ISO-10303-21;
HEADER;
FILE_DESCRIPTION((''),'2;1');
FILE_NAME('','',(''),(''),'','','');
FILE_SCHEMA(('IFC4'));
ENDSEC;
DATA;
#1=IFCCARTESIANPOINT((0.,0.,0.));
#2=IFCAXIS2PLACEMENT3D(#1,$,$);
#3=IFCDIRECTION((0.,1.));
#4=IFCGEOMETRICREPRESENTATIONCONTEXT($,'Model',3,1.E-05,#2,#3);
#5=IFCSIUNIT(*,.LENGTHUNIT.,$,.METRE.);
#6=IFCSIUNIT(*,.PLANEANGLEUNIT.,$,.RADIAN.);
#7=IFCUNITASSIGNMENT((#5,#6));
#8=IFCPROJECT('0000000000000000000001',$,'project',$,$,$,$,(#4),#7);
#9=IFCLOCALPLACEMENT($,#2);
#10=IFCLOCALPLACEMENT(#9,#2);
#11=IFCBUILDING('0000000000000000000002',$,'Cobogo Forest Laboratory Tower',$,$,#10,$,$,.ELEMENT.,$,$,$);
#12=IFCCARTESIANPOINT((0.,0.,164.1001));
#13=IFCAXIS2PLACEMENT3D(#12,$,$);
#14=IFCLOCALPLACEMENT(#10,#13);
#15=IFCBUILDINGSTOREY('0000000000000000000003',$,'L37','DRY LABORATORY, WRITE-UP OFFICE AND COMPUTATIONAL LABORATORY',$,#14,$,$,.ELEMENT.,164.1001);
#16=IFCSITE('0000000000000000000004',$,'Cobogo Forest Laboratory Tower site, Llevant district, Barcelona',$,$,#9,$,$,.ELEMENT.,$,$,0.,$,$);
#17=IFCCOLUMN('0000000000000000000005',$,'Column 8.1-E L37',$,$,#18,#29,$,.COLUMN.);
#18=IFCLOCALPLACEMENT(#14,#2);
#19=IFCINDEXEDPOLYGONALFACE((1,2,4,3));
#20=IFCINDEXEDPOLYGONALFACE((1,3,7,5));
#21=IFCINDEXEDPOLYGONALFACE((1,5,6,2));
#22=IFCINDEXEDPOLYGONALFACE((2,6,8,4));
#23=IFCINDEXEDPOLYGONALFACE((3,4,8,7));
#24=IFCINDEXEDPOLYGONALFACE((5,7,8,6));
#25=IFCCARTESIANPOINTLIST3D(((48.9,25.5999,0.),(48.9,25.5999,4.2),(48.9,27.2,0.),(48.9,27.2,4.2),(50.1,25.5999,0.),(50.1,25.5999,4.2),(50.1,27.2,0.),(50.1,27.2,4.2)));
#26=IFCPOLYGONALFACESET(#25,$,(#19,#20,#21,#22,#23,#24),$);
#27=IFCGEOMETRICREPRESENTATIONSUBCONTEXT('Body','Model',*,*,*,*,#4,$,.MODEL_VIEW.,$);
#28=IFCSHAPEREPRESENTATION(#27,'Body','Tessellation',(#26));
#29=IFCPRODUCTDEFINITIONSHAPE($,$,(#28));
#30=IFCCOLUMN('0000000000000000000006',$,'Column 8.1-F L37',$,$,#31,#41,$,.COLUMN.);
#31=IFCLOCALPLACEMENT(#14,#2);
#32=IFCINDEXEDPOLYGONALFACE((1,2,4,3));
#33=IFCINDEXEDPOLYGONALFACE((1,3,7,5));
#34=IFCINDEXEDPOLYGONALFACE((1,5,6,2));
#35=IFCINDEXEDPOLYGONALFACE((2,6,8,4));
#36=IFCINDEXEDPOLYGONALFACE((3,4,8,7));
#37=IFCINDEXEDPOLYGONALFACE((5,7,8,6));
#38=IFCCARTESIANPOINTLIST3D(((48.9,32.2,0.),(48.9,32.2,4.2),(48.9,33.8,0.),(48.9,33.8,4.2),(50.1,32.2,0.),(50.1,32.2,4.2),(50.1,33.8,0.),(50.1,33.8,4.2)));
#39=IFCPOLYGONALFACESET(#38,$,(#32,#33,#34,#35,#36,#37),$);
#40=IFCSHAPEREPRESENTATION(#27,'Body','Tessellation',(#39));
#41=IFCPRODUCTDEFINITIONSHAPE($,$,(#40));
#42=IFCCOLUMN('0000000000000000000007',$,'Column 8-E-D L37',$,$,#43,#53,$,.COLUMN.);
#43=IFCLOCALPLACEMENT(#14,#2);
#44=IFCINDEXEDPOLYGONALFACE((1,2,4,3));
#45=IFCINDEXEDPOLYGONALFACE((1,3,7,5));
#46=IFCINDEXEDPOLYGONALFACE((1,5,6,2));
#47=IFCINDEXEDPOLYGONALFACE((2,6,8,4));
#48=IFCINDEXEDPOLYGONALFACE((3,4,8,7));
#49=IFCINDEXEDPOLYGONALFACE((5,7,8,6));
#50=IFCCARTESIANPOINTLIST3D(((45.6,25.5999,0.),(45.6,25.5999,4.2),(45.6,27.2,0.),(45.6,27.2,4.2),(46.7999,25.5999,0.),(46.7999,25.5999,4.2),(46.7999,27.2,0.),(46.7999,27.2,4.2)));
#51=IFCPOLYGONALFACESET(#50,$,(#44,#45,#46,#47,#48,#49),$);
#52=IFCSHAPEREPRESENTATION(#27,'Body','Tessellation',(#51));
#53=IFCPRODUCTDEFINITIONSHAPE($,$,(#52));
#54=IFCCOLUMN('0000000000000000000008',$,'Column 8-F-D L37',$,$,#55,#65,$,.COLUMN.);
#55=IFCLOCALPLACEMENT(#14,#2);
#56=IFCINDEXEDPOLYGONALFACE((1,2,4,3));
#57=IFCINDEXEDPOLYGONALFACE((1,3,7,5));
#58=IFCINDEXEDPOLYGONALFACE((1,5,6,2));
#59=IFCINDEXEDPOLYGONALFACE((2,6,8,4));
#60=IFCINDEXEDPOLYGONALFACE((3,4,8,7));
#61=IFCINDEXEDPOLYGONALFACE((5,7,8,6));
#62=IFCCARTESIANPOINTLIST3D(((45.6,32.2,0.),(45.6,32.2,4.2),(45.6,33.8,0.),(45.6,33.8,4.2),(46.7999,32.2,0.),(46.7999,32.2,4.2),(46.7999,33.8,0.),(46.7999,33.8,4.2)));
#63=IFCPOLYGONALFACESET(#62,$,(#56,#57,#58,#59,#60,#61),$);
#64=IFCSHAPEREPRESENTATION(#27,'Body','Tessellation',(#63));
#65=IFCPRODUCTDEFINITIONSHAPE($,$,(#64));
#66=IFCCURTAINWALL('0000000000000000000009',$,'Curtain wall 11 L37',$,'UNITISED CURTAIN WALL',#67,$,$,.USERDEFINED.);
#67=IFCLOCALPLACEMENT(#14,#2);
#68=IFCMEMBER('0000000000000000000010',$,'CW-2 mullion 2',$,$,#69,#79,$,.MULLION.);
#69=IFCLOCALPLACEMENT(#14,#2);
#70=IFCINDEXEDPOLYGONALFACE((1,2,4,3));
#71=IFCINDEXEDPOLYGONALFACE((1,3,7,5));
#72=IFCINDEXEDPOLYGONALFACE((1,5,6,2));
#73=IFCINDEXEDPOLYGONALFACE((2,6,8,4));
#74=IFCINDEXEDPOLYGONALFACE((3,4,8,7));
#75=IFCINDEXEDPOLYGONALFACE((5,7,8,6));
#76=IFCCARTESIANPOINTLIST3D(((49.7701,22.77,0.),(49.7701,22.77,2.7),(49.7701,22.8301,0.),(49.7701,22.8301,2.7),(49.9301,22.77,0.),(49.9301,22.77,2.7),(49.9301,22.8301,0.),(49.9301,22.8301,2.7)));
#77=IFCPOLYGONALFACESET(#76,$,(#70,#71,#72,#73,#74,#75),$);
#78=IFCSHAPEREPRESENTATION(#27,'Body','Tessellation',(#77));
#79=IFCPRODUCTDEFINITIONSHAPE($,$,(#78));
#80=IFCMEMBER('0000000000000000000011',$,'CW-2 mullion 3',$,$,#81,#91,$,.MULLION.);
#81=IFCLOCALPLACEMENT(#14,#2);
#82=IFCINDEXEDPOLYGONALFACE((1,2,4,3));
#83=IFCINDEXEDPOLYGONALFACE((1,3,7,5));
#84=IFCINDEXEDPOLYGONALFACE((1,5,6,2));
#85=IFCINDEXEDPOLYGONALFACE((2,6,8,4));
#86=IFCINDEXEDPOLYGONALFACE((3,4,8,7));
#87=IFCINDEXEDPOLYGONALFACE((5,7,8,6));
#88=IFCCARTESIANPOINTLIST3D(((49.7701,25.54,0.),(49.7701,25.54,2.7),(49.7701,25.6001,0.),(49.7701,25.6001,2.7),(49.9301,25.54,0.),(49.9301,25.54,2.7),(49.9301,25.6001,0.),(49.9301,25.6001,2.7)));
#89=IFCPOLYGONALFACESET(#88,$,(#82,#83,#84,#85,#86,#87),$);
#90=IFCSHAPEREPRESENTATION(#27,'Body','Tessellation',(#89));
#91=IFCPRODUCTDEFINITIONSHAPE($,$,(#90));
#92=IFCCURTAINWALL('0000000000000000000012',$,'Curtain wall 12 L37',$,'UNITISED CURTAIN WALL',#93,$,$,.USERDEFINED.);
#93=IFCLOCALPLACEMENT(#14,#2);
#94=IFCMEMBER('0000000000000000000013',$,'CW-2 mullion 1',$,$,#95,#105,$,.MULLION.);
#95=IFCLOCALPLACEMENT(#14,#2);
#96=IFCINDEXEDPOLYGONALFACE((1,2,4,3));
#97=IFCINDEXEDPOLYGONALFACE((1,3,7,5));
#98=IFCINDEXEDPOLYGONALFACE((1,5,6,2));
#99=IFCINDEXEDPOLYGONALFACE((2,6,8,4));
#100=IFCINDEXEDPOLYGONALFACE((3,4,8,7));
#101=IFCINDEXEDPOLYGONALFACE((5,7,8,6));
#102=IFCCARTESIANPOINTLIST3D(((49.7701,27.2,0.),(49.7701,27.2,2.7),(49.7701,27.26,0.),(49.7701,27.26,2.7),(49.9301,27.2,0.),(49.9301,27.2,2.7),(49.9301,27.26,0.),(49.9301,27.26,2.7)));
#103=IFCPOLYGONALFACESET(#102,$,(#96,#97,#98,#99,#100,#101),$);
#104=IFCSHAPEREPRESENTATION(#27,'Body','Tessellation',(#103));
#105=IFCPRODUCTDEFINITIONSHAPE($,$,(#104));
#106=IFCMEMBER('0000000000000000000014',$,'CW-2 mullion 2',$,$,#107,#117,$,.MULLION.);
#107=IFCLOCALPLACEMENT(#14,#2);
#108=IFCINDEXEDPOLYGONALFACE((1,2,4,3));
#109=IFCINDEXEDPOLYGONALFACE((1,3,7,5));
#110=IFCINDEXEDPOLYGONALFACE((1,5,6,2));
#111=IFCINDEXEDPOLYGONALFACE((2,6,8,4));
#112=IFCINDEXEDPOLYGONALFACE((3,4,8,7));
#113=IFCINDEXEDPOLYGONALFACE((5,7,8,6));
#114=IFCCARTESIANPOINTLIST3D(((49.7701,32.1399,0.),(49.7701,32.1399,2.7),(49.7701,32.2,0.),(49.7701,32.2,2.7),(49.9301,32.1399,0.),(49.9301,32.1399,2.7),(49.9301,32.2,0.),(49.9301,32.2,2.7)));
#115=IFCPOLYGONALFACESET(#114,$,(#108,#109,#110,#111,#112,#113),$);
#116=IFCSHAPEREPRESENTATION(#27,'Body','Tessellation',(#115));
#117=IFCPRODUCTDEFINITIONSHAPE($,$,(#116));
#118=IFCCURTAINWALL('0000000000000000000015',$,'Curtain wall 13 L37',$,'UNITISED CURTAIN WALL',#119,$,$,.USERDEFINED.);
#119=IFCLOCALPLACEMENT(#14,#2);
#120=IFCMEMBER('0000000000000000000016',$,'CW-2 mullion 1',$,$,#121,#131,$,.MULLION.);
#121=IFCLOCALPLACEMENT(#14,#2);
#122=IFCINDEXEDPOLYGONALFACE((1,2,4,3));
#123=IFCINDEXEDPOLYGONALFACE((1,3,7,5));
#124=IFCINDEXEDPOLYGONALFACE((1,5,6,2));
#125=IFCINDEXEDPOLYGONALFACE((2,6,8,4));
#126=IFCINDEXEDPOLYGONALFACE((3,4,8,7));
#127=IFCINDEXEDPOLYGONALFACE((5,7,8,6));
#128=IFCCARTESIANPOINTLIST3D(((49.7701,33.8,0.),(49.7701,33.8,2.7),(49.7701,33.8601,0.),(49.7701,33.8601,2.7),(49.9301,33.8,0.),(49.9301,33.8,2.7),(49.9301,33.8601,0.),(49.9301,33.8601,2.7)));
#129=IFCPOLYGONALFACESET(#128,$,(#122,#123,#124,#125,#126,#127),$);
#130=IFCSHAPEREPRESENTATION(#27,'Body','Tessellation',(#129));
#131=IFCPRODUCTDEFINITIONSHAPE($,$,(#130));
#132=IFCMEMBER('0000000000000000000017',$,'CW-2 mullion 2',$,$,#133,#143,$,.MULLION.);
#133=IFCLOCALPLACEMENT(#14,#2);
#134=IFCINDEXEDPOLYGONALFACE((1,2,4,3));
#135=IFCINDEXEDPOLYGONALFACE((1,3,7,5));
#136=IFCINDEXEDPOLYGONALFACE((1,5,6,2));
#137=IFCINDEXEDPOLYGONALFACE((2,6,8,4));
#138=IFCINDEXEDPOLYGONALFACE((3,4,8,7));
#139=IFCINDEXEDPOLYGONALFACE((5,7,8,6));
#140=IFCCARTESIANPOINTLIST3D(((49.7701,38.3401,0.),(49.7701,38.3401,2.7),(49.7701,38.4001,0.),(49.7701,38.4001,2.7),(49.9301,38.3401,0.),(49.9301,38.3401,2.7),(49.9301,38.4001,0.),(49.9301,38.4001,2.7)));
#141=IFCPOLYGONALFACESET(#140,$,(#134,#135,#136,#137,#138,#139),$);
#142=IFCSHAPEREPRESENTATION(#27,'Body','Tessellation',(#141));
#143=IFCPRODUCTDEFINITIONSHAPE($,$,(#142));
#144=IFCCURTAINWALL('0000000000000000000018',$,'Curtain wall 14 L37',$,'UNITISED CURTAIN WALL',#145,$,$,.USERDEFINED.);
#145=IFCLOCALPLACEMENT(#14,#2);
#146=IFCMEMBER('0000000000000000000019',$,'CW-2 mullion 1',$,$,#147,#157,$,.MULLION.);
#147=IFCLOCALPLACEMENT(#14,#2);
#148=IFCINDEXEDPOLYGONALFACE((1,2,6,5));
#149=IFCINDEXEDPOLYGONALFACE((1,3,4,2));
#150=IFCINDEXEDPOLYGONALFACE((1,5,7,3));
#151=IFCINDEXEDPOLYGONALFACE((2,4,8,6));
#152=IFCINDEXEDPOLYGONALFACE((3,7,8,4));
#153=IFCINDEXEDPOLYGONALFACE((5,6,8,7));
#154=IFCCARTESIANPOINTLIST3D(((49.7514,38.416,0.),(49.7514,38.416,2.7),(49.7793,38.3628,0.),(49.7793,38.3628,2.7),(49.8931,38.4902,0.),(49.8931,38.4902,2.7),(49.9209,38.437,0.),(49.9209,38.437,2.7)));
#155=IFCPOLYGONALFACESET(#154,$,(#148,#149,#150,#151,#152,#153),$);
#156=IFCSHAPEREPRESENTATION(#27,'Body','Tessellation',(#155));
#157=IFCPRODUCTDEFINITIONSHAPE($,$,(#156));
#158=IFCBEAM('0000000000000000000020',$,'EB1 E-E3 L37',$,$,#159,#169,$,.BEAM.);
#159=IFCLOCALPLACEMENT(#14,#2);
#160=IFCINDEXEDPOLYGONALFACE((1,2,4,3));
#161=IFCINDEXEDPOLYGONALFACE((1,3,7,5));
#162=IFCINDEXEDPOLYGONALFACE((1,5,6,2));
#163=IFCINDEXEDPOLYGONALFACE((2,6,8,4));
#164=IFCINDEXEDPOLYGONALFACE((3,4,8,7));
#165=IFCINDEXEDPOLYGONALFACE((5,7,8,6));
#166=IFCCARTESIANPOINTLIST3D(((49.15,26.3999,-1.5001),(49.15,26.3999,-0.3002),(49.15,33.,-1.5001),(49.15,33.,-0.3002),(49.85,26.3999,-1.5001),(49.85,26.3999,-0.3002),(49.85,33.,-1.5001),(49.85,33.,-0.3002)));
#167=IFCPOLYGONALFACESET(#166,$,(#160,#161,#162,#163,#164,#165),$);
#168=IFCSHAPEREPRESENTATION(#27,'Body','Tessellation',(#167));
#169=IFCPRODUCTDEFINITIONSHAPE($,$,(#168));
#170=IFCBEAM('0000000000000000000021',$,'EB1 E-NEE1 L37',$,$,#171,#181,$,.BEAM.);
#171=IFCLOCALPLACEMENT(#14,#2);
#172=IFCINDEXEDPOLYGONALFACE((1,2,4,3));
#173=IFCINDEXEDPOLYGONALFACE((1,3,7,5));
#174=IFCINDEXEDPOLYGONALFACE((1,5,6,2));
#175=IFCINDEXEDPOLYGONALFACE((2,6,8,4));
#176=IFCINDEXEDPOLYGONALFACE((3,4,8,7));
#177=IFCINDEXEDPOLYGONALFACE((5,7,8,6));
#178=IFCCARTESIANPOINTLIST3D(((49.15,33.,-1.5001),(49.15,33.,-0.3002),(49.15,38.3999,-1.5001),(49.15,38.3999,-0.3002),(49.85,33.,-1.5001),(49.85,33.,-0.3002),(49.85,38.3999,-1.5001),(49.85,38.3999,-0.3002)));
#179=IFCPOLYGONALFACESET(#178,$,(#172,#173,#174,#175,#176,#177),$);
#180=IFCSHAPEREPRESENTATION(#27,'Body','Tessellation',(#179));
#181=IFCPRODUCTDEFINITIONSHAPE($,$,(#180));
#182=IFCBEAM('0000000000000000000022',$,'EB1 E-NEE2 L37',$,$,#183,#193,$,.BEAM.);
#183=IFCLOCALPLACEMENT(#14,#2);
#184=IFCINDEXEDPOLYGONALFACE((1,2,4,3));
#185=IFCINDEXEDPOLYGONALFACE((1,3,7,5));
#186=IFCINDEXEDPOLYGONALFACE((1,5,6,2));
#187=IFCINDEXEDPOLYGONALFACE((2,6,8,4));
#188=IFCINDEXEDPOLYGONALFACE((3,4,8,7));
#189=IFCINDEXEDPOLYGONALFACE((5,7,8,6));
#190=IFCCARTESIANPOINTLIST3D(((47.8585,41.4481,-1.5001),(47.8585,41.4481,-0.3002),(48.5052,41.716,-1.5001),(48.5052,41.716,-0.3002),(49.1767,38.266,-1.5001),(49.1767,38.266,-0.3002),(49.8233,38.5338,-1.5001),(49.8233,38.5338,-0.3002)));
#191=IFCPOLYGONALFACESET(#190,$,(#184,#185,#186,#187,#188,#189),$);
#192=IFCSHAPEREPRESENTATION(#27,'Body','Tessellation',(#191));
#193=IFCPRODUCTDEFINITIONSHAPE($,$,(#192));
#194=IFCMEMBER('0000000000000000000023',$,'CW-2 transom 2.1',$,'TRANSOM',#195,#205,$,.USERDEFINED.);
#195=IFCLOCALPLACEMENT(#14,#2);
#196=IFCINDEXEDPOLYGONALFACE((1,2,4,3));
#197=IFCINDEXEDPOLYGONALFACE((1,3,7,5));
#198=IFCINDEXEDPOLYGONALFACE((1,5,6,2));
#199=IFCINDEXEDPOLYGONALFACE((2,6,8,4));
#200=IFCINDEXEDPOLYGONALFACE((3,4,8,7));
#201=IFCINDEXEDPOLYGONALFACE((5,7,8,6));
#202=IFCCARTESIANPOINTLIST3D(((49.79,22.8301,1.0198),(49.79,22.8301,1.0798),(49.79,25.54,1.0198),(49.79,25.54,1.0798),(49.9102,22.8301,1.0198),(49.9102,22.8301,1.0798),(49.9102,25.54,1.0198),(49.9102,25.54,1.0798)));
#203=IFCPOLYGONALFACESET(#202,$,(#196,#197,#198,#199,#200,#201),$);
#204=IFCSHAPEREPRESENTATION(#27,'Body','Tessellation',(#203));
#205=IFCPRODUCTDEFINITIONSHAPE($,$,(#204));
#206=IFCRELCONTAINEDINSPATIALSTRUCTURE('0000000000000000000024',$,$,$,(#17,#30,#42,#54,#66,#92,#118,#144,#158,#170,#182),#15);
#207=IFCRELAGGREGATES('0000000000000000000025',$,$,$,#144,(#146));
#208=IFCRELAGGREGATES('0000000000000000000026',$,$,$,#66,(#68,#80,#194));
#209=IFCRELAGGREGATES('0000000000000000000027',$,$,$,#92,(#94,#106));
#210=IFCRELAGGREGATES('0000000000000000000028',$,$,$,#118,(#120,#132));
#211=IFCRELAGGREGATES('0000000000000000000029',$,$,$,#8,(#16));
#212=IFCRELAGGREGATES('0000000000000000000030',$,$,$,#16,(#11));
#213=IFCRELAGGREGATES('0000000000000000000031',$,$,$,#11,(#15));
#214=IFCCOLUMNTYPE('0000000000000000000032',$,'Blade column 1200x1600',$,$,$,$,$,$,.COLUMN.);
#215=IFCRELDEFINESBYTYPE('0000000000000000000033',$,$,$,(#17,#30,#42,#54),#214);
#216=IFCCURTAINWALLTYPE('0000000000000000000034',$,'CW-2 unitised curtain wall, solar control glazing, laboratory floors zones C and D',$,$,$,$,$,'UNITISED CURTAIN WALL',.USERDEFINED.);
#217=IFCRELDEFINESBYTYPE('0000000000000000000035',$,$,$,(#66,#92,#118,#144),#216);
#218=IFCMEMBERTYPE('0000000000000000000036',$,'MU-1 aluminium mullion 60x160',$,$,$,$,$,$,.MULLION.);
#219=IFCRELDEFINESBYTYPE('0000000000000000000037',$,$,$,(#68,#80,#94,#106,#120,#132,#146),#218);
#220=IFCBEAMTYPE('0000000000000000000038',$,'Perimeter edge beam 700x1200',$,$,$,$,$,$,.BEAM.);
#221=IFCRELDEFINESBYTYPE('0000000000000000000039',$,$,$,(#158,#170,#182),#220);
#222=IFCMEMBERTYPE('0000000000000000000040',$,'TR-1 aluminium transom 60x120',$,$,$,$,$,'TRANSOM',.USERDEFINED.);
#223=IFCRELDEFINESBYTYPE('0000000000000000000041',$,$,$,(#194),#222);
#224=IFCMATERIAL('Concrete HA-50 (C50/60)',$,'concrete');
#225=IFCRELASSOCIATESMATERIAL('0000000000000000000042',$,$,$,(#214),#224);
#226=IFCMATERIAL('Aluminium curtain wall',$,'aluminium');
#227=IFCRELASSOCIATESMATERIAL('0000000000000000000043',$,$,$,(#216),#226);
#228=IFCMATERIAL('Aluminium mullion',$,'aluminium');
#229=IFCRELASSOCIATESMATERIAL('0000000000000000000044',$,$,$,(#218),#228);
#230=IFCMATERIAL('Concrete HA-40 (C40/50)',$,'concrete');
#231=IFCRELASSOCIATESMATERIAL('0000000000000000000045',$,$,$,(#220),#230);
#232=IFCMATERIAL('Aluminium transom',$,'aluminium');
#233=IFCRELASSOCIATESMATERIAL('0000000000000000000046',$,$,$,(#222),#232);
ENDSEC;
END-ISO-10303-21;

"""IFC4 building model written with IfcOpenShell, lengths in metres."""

from ifc_helpers import new_model, si_unit, direction, frame, origin, origin_2d, place, context, subcontext, project, spatial, rectangle, extrude, material, material_profile, profile_set, type_object, element, aggregate, save


model = new_model("IFC4")

# Units and contexts
model_context = context("Model", 3, precision=1e-05, world=origin(), true_north=direction((0.0, 1.0)))
body_context = subcontext(model_context, "Body", "Model", "MODEL_VIEW")
ifc_project = project(units=[si_unit("LENGTHUNIT", "METRE"), si_unit("PLANEANGLEUNIT", "RADIAN")], contexts=[model_context])

# Site, building, storey
site_placement = place(None, origin())
site = spatial("IfcSite", under=ifc_project, at=site_placement, Name="Cobogo Forest Laboratory Tower site, Llevant district, Barcelona", CompositionType="ELEMENT", RefElevation=0.0)
building_placement = place(site_placement, origin())
building = spatial("IfcBuilding", under=site, at=building_placement, Name="Cobogo Forest Laboratory Tower", CompositionType="ELEMENT")
storey_placement = place(building_placement, frame((0.0, 0.0, 164.1001)))
storey = spatial("IfcBuildingStorey", under=building, at=storey_placement, Name="L37", Description="DRY LABORATORY, WRITE-UP OFFICE AND COMPUTATIONAL LABORATORY", CompositionType="ELEMENT", Elevation=164.1001)

# Columns
ifc_material_1 = material(Name="Concrete HA-50 (C50/60)", Category="concrete")
ifc_material_profile_1 = material_profile(ifc_material_1, rectangle(XDim=1.6001, YDim=1.2, at=origin_2d()), Name="RC 1200x1600")
ifc_profile_set_1 = profile_set([ifc_material_profile_1], Name="Concrete HA-50 (C50/60)")
column_type = type_object("IfcColumnType", Name="Blade column 1200x1600", PredefinedType="COLUMN", material=ifc_profile_set_1)
for number, where, z_axis, x_axis, name in (
    (1, (49.5, 26.3999, 0.0), (0.0, 0.0, 1.0), (0.0, 1.0, 0.0), "Column 8.1-E L37"),
    (2, (49.5, 33.0, 0.0), (0.0, 0.0, 1.0), (0.0, 1.0, 0.0), "Column 8.1-F L37"),
    (3, (46.2, 26.3999, 0.0), (0.0, 0.0, 1.0), (0.0, 1.0, 0.0), "Column 8-E-D L37"),
    (4, (46.2, 33.0, 0.0), (0.0, 0.0, 1.0), (0.0, 1.0, 0.0), "Column 8-F-D L37"),
):
    element("IfcColumn", number, at=place(storey_placement, frame(where, z_axis=z_axis, x_axis=x_axis)), inside=storey, type_object=column_type, Name=name, PredefinedType="COLUMN", context=body_context, shape_type="SweptSolid", body=[
        extrude(rectangle(XDim=1.6001, YDim=1.2, at=origin_2d()), origin(), (0.0, 0.0, 1.0), 4.2),
    ])

# Curtain walls, members
ifc_material_2 = material(Name="Aluminium curtain wall", Category="aluminium")
curtain_wall_type = type_object("IfcCurtainWallType", Name="CW-2 unitised curtain wall, solar control glazing, laboratory floors zones C and D", ElementType="UNITISED CURTAIN WALL", PredefinedType="USERDEFINED", material=ifc_material_2)
curtain_wall_1_placement = place(storey_placement, origin())
curtain_wall_1 = element("IfcCurtainWall", 5, at=curtain_wall_1_placement, inside=storey, type_object=curtain_wall_type, Name="Curtain wall 11 L37", ObjectType="UNITISED CURTAIN WALL", PredefinedType="USERDEFINED")
ifc_material_3 = material(Name="Aluminium mullion", Category="aluminium")
ifc_material_profile_2 = material_profile(ifc_material_3, rectangle(XDim=0.0601, YDim=0.1599, at=origin_2d()), Name="AL 60x160")
ifc_profile_set_2 = profile_set([ifc_material_profile_2], Name="Aluminium mullion")
member_type_1 = type_object("IfcMemberType", Name="MU-1 aluminium mullion 60x160", PredefinedType="MULLION", material=ifc_profile_set_2)
member_1_placement = place(storey_placement, frame((49.8501, 22.8, 0.0), z_axis=(0.0, 0.0, 1.0), x_axis=(0.0, 1.0, 0.0)))
member_1 = element("IfcMember", 6, at=member_1_placement, type_object=member_type_1, Name="CW-2 mullion 2", PredefinedType="MULLION", context=body_context, shape_type="SweptSolid", body=[
    extrude(rectangle(XDim=0.0601, YDim=0.1599, at=origin_2d()), origin(), (0.0, 0.0, 1.0), 2.7),
])
member_2_placement = place(storey_placement, frame((49.8501, 25.5701, 0.0), z_axis=(0.0, 0.0, 1.0), x_axis=(0.0, 1.0, 0.0)))
member_2 = element("IfcMember", 7, at=member_2_placement, type_object=member_type_1, Name="CW-2 mullion 3", PredefinedType="MULLION", context=body_context, shape_type="SweptSolid", body=[
    extrude(rectangle(XDim=0.0601, YDim=0.1599, at=origin_2d()), origin(), (0.0, 0.0, 1.0), 2.7),
])
curtain_wall_2_placement = place(storey_placement, origin())
curtain_wall_2 = element("IfcCurtainWall", 8, at=curtain_wall_2_placement, inside=storey, type_object=curtain_wall_type, Name="Curtain wall 12 L37", ObjectType="UNITISED CURTAIN WALL", PredefinedType="USERDEFINED")
member_3_placement = place(storey_placement, frame((49.8501, 27.23, 0.0), z_axis=(0.0, 0.0, 1.0), x_axis=(0.0, 1.0, 0.0)))
member_3 = element("IfcMember", 9, at=member_3_placement, type_object=member_type_1, Name="CW-2 mullion 1", PredefinedType="MULLION", context=body_context, shape_type="SweptSolid", body=[
    extrude(rectangle(XDim=0.0601, YDim=0.1599, at=origin_2d()), origin(), (0.0, 0.0, 1.0), 2.7),
])
member_4_placement = place(storey_placement, frame((49.8501, 32.1699, 0.0), z_axis=(0.0, 0.0, 1.0), x_axis=(0.0, 1.0, 0.0)))
member_4 = element("IfcMember", 10, at=member_4_placement, type_object=member_type_1, Name="CW-2 mullion 2", PredefinedType="MULLION", context=body_context, shape_type="SweptSolid", body=[
    extrude(rectangle(XDim=0.0601, YDim=0.1599, at=origin_2d()), origin(), (0.0, 0.0, 1.0), 2.7),
])
curtain_wall_3_placement = place(storey_placement, origin())
curtain_wall_3 = element("IfcCurtainWall", 11, at=curtain_wall_3_placement, inside=storey, type_object=curtain_wall_type, Name="Curtain wall 13 L37", ObjectType="UNITISED CURTAIN WALL", PredefinedType="USERDEFINED")
member_5_placement = place(storey_placement, frame((49.8501, 33.8301, 0.0), z_axis=(0.0, 0.0, 1.0), x_axis=(0.0, 1.0, 0.0)))
member_5 = element("IfcMember", 12, at=member_5_placement, type_object=member_type_1, Name="CW-2 mullion 1", PredefinedType="MULLION", context=body_context, shape_type="SweptSolid", body=[
    extrude(rectangle(XDim=0.0601, YDim=0.1599, at=origin_2d()), origin(), (0.0, 0.0, 1.0), 2.7),
])
member_6_placement = place(storey_placement, frame((49.8501, 38.3701, 0.0), z_axis=(0.0, 0.0, 1.0), x_axis=(0.0, 1.0, 0.0)))
member_6 = element("IfcMember", 13, at=member_6_placement, type_object=member_type_1, Name="CW-2 mullion 2", PredefinedType="MULLION", context=body_context, shape_type="SweptSolid", body=[
    extrude(rectangle(XDim=0.0601, YDim=0.1599, at=origin_2d()), origin(), (0.0, 0.0, 1.0), 2.7),
])

# Curtain wall, member
curtain_wall_4_placement = place(storey_placement, origin())
curtain_wall_4 = element("IfcCurtainWall", 14, at=curtain_wall_4_placement, inside=storey, type_object=curtain_wall_type, Name="Curtain wall 14 L37", ObjectType="UNITISED CURTAIN WALL", PredefinedType="USERDEFINED")
member_7_placement = place(storey_placement, frame((49.8362, 38.4265, 0.0), z_axis=(0.0, 0.0, 1.0), x_axis=(-0.464284, 0.885686, 0.0)))
member_7 = element("IfcMember", 15, at=member_7_placement, type_object=member_type_1, Name="CW-2 mullion 1", PredefinedType="MULLION", context=body_context, shape_type="SweptSolid", body=[
    extrude(rectangle(XDim=0.0601, YDim=0.1599, at=origin_2d()), origin(), (0.0, 0.0, 1.0), 2.7),
])
aggregate(curtain_wall_4, [member_7])

# Beams
ifc_material_4 = material(Name="Concrete HA-40 (C40/50)", Category="concrete")
ifc_material_profile_3 = material_profile(ifc_material_4, rectangle(XDim=0.7, YDim=1.2, at=origin_2d()), Name="RC 700x1200")
ifc_profile_set_3 = profile_set([ifc_material_profile_3], Name="Concrete HA-40 (C40/50)")
beam_type = type_object("IfcBeamType", Name="Perimeter edge beam 700x1200", PredefinedType="BEAM", material=ifc_profile_set_3)
beam_1_placement = place(storey_placement, frame((49.5, 26.3999, -0.9001), z_axis=(0.0, 1.0, 0.0), x_axis=(-1.0, 0.0, 0.0)))
element("IfcBeam", 16, at=beam_1_placement, inside=storey, type_object=beam_type, Name="EB1 E-E3 L37", PredefinedType="BEAM", context=body_context, shape_type="SweptSolid", body=[
    extrude(rectangle(XDim=0.7, YDim=1.2, at=origin_2d()), origin(), (0.0, 0.0, 1.0), 6.6001),
])
beam_2_placement = place(storey_placement, frame((49.5, 33.0, -0.9001), z_axis=(0.0, 1.0, 0.0), x_axis=(-1.0, 0.0, 0.0)))
element("IfcBeam", 17, at=beam_2_placement, inside=storey, type_object=beam_type, Name="EB1 E-NEE1 L37", PredefinedType="BEAM", context=body_context, shape_type="SweptSolid", body=[
    extrude(rectangle(XDim=0.7, YDim=1.2, at=origin_2d()), origin(), (0.0, 0.0, 1.0), 5.3999),
])
beam_3_placement = place(storey_placement, frame((49.5, 38.3999, -0.9001), z_axis=(-0.382692, 0.923876, 0.0), x_axis=(-0.923876, -0.382692, 0.0)))
element("IfcBeam", 18, at=beam_3_placement, inside=storey, type_object=beam_type, Name="EB1 E-NEE2 L37", PredefinedType="BEAM", context=body_context, shape_type="SweptSolid", body=[
    extrude(rectangle(XDim=0.7, YDim=1.2, at=origin_2d()), origin(), (0.0, 0.0, 1.0), 3.4443),
])

# Member
ifc_material_5 = material(Name="Aluminium transom", Category="aluminium")
ifc_material_profile_4 = material_profile(ifc_material_5, rectangle(XDim=0.1201, YDim=0.0601, at=origin_2d()), Name="AL 60x120")
ifc_profile_set_4 = profile_set([ifc_material_profile_4], Name="Aluminium transom")
member_type_2 = type_object("IfcMemberType", Name="TR-1 aluminium transom 60x120", ElementType="TRANSOM", PredefinedType="USERDEFINED", material=ifc_profile_set_4)
member_8_placement = place(storey_placement, frame((49.8501, 22.8301, 1.0498), z_axis=(0.0, 1.0, 0.0), x_axis=(-1.0, 0.0, 0.0)))
member_8 = element("IfcMember", 19, at=member_8_placement, type_object=member_type_2, Name="CW-2 transom 2.1", ObjectType="TRANSOM", PredefinedType="USERDEFINED", context=body_context, shape_type="SweptSolid", body=[
    extrude(rectangle(XDim=0.1201, YDim=0.0601, at=origin_2d()), origin(), (0.0, 0.0, 1.0), 2.71),
])

aggregate(curtain_wall_1, [member_1, member_2, member_8])
aggregate(curtain_wall_2, [member_3, member_4])
aggregate(curtain_wall_3, [member_5, member_6])

save(model, "model.ifc")
